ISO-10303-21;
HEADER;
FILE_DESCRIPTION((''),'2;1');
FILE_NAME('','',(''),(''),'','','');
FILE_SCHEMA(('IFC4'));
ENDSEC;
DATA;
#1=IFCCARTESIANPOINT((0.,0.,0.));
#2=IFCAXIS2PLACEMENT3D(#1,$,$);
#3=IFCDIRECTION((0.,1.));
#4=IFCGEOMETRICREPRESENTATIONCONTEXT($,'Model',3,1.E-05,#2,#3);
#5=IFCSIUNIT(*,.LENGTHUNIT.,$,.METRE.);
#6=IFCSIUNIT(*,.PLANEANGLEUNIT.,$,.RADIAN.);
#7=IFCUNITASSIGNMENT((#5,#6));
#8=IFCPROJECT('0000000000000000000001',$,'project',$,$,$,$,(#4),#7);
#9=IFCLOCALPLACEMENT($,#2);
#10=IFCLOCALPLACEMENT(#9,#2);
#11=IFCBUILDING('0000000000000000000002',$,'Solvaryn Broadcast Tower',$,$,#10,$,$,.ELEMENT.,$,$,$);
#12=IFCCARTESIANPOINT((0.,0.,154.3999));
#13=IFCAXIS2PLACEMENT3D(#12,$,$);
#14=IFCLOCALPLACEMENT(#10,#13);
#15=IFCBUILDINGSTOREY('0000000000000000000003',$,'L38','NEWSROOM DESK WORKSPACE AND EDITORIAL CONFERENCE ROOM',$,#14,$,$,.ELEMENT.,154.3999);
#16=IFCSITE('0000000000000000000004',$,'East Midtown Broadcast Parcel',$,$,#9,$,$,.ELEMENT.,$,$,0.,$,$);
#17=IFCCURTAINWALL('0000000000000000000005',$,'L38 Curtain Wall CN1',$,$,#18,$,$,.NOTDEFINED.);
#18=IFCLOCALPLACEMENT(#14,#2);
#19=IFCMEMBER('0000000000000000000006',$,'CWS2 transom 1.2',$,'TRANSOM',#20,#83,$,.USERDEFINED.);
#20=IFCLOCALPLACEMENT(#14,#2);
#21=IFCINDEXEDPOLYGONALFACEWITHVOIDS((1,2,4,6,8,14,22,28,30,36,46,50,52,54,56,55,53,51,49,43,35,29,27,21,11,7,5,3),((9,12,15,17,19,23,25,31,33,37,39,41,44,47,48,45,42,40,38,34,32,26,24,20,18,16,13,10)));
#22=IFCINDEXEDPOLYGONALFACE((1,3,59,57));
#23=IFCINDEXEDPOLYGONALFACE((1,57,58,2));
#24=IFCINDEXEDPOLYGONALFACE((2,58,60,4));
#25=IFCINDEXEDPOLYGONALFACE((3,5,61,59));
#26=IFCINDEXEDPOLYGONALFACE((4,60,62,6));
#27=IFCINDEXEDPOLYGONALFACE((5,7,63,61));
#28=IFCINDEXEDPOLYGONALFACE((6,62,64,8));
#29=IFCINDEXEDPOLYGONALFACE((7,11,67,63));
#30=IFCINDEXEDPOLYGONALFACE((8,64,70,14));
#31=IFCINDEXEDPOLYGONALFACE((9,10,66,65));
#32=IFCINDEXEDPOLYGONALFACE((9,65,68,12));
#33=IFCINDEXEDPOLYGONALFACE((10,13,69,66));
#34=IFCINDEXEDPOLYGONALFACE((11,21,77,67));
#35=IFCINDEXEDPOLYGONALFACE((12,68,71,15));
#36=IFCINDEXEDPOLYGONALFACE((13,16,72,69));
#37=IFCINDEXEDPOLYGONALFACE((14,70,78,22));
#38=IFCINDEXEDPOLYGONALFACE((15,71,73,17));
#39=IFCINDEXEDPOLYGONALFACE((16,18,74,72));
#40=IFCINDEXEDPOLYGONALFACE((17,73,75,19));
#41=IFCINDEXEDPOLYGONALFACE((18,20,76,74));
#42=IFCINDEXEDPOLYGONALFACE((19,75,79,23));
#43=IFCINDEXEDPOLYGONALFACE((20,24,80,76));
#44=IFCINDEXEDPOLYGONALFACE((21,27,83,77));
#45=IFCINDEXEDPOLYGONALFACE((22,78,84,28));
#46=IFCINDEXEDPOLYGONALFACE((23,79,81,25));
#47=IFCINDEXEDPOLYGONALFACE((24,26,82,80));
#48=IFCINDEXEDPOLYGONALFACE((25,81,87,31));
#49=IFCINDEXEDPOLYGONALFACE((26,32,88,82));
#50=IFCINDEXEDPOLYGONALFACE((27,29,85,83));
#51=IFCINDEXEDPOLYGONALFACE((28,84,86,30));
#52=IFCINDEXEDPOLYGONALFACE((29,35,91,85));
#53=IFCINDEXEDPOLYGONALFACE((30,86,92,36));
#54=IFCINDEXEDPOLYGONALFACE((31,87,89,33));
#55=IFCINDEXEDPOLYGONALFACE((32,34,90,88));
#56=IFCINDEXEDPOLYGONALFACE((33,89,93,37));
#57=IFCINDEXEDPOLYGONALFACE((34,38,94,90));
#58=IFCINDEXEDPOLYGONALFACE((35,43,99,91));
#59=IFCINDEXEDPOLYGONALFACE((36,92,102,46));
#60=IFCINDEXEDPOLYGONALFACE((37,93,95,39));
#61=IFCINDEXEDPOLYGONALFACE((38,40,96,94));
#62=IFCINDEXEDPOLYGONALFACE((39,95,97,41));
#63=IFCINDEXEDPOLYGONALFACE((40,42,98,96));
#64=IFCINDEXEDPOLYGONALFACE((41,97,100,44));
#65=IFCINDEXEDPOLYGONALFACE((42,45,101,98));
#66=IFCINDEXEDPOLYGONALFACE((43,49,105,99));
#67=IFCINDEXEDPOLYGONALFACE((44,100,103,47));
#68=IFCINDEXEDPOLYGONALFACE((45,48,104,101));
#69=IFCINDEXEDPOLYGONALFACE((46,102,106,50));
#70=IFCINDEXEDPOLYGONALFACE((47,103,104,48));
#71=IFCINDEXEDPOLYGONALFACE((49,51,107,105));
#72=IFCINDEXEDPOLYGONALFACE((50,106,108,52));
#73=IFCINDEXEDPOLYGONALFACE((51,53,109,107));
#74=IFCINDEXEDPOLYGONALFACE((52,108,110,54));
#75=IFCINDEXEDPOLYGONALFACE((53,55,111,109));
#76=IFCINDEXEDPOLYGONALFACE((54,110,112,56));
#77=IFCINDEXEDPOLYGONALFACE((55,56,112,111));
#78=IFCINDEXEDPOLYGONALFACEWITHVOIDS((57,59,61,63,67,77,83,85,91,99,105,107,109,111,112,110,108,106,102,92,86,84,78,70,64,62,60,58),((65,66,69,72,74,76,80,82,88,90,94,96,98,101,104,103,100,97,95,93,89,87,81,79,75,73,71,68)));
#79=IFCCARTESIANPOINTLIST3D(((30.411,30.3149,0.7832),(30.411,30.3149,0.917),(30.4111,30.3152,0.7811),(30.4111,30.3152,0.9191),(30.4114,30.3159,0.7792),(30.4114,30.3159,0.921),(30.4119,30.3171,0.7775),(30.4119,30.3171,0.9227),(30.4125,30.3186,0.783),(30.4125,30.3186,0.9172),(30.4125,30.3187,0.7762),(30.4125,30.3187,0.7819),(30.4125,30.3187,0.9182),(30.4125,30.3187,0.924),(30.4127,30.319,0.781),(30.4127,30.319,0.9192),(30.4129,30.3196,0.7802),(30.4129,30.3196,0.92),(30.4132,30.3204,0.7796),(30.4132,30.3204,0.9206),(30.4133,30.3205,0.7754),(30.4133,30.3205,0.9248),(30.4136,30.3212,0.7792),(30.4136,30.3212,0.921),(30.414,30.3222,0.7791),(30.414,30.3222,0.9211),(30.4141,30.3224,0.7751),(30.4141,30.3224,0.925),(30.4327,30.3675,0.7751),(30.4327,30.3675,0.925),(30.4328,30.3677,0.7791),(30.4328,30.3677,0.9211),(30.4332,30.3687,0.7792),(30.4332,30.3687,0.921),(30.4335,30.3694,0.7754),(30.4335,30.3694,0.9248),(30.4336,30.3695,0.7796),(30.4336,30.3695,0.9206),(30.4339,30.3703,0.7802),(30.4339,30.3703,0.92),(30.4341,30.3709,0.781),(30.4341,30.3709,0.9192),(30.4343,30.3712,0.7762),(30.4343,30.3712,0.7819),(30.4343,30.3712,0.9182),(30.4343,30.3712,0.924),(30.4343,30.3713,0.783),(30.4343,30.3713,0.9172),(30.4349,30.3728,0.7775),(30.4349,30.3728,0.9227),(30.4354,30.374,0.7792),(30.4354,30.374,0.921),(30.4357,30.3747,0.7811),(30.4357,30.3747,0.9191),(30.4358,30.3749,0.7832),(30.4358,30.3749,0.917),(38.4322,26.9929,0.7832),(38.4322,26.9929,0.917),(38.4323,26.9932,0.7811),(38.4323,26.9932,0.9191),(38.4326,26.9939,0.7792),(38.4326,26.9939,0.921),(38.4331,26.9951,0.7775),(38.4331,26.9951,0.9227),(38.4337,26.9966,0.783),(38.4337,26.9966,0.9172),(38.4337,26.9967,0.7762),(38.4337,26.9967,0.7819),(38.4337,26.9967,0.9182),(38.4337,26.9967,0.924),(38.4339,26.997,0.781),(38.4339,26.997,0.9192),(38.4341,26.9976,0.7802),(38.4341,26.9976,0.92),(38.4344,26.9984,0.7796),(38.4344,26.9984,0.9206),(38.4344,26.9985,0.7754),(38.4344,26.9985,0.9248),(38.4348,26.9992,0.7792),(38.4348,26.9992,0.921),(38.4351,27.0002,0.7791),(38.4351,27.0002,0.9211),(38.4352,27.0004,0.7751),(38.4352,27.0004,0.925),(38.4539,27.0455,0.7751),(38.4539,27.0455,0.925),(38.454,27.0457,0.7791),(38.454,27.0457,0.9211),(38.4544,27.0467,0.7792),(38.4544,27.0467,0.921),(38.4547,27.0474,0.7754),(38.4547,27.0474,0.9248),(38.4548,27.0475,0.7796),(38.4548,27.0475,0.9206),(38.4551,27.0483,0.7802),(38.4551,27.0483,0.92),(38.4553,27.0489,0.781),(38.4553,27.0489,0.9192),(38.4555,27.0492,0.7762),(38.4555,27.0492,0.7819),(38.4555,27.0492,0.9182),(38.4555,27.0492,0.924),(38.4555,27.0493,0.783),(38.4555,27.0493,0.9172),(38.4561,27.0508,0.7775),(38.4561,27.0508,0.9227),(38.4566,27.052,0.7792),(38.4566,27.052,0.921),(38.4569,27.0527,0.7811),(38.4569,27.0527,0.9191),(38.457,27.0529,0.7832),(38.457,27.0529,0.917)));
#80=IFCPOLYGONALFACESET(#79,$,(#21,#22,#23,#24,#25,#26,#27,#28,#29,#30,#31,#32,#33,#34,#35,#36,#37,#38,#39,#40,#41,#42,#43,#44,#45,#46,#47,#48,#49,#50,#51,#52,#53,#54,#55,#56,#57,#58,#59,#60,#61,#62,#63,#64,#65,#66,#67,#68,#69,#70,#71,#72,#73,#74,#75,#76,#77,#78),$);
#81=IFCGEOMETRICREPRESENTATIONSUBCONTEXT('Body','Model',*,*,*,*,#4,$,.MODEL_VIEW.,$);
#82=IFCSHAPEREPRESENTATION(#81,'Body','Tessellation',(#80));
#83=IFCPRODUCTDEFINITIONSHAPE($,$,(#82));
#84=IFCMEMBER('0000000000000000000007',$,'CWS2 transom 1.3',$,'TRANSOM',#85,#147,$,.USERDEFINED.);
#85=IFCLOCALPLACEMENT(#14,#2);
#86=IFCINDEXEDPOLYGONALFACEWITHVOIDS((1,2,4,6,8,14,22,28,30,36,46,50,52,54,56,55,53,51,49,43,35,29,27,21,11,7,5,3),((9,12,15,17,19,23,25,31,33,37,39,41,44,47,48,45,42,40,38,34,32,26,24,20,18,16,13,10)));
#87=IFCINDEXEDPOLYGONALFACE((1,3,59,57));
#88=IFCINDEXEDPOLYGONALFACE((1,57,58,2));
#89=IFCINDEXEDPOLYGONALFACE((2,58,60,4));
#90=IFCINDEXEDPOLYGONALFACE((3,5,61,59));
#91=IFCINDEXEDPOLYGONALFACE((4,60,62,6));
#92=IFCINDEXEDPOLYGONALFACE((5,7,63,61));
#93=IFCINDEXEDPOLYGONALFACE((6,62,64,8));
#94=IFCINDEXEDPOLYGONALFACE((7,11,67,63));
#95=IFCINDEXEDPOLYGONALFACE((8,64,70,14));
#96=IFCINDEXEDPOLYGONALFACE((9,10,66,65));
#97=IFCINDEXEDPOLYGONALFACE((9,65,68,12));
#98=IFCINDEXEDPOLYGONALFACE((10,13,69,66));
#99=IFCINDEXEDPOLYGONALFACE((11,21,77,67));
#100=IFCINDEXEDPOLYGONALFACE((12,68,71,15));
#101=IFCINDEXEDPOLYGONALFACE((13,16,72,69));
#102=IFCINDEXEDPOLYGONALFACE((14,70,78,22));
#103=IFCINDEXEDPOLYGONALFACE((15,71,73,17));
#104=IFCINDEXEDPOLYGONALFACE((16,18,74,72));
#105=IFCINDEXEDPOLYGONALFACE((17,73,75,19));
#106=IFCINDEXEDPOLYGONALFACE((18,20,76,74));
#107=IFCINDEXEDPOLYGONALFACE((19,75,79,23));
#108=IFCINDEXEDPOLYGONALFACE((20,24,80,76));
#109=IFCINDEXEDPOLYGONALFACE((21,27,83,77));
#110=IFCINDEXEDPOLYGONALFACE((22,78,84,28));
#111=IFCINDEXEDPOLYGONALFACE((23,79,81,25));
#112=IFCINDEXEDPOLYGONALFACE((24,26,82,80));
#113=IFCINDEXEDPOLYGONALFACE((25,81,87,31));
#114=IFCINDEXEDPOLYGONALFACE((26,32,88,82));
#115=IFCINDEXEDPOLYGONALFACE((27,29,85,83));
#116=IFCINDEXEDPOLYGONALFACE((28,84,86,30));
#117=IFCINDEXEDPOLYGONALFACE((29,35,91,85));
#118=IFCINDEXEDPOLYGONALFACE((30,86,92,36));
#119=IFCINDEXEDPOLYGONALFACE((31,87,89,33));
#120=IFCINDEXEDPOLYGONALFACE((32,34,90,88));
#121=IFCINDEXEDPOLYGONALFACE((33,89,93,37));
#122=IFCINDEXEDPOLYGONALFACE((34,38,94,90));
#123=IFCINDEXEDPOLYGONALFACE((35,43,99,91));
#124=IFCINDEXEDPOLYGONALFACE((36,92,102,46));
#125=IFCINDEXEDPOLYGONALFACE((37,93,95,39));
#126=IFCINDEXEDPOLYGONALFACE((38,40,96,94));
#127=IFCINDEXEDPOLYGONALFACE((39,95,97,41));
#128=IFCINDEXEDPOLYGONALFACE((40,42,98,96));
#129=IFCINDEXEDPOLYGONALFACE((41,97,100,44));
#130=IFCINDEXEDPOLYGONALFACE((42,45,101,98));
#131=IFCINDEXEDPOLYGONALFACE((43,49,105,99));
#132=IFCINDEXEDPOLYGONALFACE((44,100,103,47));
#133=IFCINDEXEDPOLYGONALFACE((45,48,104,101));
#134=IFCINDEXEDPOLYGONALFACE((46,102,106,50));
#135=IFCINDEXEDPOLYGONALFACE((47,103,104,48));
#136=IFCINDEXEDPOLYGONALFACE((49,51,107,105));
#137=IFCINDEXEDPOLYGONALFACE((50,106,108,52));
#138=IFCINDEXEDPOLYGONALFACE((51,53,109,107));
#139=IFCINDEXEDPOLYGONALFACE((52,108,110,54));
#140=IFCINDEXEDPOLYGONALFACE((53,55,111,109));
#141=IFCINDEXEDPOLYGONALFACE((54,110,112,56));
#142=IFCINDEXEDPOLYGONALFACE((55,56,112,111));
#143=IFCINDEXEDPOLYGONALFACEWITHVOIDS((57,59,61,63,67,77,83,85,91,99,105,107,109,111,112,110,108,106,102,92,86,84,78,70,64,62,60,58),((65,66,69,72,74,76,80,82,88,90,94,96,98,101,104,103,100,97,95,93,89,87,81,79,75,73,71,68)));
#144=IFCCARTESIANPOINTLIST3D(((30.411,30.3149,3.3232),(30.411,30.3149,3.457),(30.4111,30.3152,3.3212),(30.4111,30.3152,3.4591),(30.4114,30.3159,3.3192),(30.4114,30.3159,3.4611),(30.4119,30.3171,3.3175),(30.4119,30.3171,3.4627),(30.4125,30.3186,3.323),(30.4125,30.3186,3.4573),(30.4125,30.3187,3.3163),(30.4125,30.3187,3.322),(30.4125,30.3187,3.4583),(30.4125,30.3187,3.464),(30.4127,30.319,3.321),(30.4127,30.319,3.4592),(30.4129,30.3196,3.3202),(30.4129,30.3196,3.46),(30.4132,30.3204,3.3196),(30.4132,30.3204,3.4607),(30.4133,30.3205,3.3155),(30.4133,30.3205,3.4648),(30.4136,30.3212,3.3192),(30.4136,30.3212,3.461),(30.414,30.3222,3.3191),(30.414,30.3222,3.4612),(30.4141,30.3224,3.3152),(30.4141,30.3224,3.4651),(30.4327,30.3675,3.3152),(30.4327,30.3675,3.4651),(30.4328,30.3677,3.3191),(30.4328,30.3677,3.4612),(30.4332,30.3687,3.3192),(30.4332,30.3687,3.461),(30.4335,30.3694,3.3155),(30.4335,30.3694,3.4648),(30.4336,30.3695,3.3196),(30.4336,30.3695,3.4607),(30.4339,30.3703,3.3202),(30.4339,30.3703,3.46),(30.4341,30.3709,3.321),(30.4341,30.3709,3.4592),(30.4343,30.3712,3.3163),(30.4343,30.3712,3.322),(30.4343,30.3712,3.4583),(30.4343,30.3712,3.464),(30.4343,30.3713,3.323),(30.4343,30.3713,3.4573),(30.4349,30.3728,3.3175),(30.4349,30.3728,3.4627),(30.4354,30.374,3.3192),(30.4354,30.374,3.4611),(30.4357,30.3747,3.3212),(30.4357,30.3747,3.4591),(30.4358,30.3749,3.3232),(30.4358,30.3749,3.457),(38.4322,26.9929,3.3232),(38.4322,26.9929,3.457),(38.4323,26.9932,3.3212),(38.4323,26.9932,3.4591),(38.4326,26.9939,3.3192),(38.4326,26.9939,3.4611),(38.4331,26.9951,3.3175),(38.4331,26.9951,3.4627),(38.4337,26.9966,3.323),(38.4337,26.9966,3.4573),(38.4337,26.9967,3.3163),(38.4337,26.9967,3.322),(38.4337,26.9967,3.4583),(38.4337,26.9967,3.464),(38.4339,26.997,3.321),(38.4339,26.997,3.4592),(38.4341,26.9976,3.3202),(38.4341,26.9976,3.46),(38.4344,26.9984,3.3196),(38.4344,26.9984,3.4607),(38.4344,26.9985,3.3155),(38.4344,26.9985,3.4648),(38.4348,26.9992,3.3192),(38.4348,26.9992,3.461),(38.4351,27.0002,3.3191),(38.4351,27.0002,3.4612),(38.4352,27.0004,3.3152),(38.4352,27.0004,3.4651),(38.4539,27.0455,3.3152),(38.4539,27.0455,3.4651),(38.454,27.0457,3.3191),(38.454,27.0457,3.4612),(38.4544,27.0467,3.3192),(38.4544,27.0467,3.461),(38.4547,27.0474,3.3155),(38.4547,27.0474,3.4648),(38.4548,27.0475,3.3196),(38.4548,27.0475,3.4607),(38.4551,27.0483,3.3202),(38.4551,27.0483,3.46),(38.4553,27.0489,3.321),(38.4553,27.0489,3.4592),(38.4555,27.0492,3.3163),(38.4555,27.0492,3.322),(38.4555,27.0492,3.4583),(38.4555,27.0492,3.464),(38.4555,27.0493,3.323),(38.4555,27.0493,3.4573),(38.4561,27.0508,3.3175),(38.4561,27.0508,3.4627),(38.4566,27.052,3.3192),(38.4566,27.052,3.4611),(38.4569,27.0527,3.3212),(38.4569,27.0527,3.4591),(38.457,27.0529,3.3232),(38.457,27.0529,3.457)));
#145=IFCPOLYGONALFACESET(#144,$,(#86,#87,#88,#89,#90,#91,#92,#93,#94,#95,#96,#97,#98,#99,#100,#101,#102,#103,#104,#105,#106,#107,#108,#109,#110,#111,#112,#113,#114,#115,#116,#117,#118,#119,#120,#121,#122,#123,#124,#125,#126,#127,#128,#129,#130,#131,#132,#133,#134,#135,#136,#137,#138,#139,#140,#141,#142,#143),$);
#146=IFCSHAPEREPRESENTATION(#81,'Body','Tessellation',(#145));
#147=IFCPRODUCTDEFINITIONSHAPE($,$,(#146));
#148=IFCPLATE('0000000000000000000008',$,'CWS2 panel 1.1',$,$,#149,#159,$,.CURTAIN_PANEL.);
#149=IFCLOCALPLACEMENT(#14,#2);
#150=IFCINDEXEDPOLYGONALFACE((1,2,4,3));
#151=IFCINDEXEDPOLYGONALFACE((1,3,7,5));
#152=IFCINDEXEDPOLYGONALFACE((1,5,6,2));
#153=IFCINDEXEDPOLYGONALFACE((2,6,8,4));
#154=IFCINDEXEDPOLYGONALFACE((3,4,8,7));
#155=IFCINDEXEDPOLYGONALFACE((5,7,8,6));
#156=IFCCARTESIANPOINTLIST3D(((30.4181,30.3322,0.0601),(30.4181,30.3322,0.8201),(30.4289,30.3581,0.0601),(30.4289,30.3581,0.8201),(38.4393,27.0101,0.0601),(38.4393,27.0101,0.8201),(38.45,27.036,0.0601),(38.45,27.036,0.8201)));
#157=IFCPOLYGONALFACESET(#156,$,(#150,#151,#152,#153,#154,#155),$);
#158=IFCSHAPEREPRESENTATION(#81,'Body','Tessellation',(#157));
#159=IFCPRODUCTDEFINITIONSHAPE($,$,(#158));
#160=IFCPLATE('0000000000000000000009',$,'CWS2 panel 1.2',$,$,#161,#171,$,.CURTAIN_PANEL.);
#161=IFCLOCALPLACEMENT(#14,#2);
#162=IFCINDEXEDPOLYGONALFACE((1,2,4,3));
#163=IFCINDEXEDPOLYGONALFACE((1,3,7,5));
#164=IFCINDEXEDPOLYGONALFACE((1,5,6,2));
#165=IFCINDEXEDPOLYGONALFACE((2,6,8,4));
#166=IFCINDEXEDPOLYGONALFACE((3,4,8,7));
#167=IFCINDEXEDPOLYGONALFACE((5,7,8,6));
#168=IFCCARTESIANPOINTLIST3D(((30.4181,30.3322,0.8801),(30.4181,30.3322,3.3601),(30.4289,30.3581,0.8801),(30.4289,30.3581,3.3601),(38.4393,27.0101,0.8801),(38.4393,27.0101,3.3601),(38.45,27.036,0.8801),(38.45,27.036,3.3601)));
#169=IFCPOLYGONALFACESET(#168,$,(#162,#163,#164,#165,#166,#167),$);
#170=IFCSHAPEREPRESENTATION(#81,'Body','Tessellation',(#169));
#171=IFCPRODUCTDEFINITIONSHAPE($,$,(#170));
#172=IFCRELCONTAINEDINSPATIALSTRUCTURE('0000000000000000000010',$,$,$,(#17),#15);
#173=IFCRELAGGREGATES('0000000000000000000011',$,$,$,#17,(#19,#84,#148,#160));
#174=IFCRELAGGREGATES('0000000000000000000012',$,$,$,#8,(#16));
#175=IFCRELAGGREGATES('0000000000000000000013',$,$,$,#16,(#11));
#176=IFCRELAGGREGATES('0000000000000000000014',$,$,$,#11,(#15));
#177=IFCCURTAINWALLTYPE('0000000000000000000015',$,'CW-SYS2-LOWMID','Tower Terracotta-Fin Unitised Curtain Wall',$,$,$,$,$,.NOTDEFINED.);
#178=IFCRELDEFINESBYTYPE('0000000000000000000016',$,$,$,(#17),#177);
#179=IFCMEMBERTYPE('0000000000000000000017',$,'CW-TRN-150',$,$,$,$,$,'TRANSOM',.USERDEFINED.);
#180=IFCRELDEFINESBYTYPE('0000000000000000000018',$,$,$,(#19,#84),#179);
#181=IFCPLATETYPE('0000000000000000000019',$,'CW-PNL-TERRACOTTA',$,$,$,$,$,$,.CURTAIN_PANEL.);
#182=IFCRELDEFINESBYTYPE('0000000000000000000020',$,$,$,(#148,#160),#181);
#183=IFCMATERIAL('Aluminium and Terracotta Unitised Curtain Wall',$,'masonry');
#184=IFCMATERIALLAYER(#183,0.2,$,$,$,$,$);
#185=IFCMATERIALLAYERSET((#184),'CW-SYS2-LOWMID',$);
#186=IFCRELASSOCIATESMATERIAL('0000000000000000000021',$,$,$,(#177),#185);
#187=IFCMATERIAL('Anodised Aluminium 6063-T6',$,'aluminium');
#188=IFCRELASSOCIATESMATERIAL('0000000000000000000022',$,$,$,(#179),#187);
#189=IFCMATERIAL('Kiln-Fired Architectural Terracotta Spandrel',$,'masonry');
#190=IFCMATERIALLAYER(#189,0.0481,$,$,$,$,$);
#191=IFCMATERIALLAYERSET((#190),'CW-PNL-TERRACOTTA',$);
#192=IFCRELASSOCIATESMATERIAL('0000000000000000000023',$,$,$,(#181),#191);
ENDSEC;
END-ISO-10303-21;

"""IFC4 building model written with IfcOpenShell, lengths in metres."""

from ifc_helpers import new_model, si_unit, direction, frame, origin, origin_2d, place, context, subcontext, project, spatial, rectangle, hollow_rectangle, extrude, material, layer, layer_set, material_profile, profile_set, type_object, element, aggregate, save


model = new_model("IFC4")

# Units and contexts
model_context = context("Model", 3, precision=1e-05, world=origin(), true_north=direction((0.0, 1.0)))
body_context = subcontext(model_context, "Body", "Model", "MODEL_VIEW")
ifc_project = project(units=[si_unit("LENGTHUNIT", "METRE"), si_unit("PLANEANGLEUNIT", "RADIAN")], contexts=[model_context])

# Site, building, storey
site_placement = place(None, origin())
site = spatial("IfcSite", under=ifc_project, at=site_placement, Name="East Midtown Broadcast Parcel", CompositionType="ELEMENT", RefElevation=0.0)
building_placement = place(site_placement, origin())
building = spatial("IfcBuilding", under=site, at=building_placement, Name="Solvaryn Broadcast Tower", CompositionType="ELEMENT")
storey_placement = place(building_placement, frame((0.0, 0.0, 154.3999)))
storey = spatial("IfcBuildingStorey", under=building, at=storey_placement, Name="L38", Description="NEWSROOM DESK WORKSPACE AND EDITORIAL CONFERENCE ROOM", CompositionType="ELEMENT", Elevation=154.3999)

# Curtain wall
ifc_material_1 = material(Name="Aluminium and Terracotta Unitised Curtain Wall", Category="masonry")
ifc_layer_1 = layer(ifc_material_1, 0.2)
ifc_layer_set_1 = layer_set([ifc_layer_1], Name="CW-SYS2-LOWMID")
curtain_wall_type = type_object("IfcCurtainWallType", Name="CW-SYS2-LOWMID", Description="Tower Terracotta-Fin Unitised Curtain Wall", PredefinedType="NOTDEFINED", material=ifc_layer_set_1)
curtain_wall_1_placement = place(storey_placement, origin())
curtain_wall_1 = element("IfcCurtainWall", 1, at=curtain_wall_1_placement, inside=storey, type_object=curtain_wall_type, Name="L38 Curtain Wall CN1", PredefinedType="NOTDEFINED")

# Members
ifc_material_2 = material(Name="Anodised Aluminium 6063-T6", Category="aluminium")
ifc_material_profile_1 = material_profile(ifc_material_2, hollow_rectangle(XDim=0.0649, YDim=0.1499, WallThickness=0.0039, InnerFilletRadius=0.0039, OuterFilletRadius=0.0081, at=origin_2d()))
ifc_profile_set_1 = profile_set([ifc_material_profile_1], Name="Anodised Aluminium 6063-T6")
member_type_1 = type_object("IfcMemberType", Name="CW-TRN-150", ElementType="TRANSOM", PredefinedType="USERDEFINED", material=ifc_profile_set_1)
member_1_placement = place(storey_placement, frame((38.4446, 27.0229, 0.8501), z_axis=(-0.923899, 0.382636, 0.0), x_axis=(-0.382636, -0.923899, 0.0)))
member_1 = element("IfcMember", 2, at=member_1_placement, type_object=member_type_1, Name="CWS2 transom 1.2", ObjectType="TRANSOM", PredefinedType="USERDEFINED", context=body_context, shape_type="SweptSolid", body=[
    extrude(hollow_rectangle(XDim=0.0649, YDim=0.1499, WallThickness=0.0039, InnerFilletRadius=0.0039, OuterFilletRadius=0.0081, at=origin_2d()), origin(), (0.0, 0.0, 1.0), 8.6819),
])
member_2_placement = place(storey_placement, frame((38.4446, 27.0229, 3.3901), z_axis=(-0.923899, 0.382636, 0.0), x_axis=(-0.382636, -0.923899, 0.0)))
member_2 = element("IfcMember", 3, at=member_2_placement, type_object=member_type_1, Name="CWS2 transom 1.3", ObjectType="TRANSOM", PredefinedType="USERDEFINED", context=body_context, shape_type="SweptSolid", body=[
    extrude(hollow_rectangle(XDim=0.0649, YDim=0.1499, WallThickness=0.0039, InnerFilletRadius=0.0039, OuterFilletRadius=0.0081, at=origin_2d()), origin(), (0.0, 0.0, 1.0), 8.6819),
])

# Plates
ifc_material_3 = material(Name="Kiln-Fired Architectural Terracotta Spandrel", Category="masonry")
ifc_layer_2 = layer(ifc_material_3, 0.0481)
ifc_layer_set_2 = layer_set([ifc_layer_2], Name="CW-PNL-TERRACOTTA")
plate_type = type_object("IfcPlateType", Name="CW-PNL-TERRACOTTA", PredefinedType="CURTAIN_PANEL", material=ifc_layer_set_2)
plate_1_placement = place(storey_placement, frame((34.4341, 28.6841, 0.0601), z_axis=(0.0, 0.0, 1.0), x_axis=(-0.923895, 0.382646, 0.0)))
plate_1 = element("IfcPlate", 4, at=plate_1_placement, type_object=plate_type, Name="CWS2 panel 1.1", PredefinedType="CURTAIN_PANEL", context=body_context, shape_type="SweptSolid", body=[
    extrude(rectangle(XDim=8.6819, YDim=0.0281, at=origin_2d()), origin(), (0.0, 0.0, 1.0), 0.76),
])
plate_2_placement = place(storey_placement, frame((34.4341, 28.6841, 0.8801), z_axis=(0.0, 0.0, 1.0), x_axis=(-0.923895, 0.382646, 0.0)))
plate_2 = element("IfcPlate", 5, at=plate_2_placement, type_object=plate_type, Name="CWS2 panel 1.2", PredefinedType="CURTAIN_PANEL", context=body_context, shape_type="SweptSolid", body=[
    extrude(rectangle(XDim=8.6819, YDim=0.0281, at=origin_2d()), origin(), (0.0, 0.0, 1.0), 2.48),
])
aggregate(curtain_wall_1, [member_1, member_2, plate_1, plate_2])

save(model, "model.ifc")
